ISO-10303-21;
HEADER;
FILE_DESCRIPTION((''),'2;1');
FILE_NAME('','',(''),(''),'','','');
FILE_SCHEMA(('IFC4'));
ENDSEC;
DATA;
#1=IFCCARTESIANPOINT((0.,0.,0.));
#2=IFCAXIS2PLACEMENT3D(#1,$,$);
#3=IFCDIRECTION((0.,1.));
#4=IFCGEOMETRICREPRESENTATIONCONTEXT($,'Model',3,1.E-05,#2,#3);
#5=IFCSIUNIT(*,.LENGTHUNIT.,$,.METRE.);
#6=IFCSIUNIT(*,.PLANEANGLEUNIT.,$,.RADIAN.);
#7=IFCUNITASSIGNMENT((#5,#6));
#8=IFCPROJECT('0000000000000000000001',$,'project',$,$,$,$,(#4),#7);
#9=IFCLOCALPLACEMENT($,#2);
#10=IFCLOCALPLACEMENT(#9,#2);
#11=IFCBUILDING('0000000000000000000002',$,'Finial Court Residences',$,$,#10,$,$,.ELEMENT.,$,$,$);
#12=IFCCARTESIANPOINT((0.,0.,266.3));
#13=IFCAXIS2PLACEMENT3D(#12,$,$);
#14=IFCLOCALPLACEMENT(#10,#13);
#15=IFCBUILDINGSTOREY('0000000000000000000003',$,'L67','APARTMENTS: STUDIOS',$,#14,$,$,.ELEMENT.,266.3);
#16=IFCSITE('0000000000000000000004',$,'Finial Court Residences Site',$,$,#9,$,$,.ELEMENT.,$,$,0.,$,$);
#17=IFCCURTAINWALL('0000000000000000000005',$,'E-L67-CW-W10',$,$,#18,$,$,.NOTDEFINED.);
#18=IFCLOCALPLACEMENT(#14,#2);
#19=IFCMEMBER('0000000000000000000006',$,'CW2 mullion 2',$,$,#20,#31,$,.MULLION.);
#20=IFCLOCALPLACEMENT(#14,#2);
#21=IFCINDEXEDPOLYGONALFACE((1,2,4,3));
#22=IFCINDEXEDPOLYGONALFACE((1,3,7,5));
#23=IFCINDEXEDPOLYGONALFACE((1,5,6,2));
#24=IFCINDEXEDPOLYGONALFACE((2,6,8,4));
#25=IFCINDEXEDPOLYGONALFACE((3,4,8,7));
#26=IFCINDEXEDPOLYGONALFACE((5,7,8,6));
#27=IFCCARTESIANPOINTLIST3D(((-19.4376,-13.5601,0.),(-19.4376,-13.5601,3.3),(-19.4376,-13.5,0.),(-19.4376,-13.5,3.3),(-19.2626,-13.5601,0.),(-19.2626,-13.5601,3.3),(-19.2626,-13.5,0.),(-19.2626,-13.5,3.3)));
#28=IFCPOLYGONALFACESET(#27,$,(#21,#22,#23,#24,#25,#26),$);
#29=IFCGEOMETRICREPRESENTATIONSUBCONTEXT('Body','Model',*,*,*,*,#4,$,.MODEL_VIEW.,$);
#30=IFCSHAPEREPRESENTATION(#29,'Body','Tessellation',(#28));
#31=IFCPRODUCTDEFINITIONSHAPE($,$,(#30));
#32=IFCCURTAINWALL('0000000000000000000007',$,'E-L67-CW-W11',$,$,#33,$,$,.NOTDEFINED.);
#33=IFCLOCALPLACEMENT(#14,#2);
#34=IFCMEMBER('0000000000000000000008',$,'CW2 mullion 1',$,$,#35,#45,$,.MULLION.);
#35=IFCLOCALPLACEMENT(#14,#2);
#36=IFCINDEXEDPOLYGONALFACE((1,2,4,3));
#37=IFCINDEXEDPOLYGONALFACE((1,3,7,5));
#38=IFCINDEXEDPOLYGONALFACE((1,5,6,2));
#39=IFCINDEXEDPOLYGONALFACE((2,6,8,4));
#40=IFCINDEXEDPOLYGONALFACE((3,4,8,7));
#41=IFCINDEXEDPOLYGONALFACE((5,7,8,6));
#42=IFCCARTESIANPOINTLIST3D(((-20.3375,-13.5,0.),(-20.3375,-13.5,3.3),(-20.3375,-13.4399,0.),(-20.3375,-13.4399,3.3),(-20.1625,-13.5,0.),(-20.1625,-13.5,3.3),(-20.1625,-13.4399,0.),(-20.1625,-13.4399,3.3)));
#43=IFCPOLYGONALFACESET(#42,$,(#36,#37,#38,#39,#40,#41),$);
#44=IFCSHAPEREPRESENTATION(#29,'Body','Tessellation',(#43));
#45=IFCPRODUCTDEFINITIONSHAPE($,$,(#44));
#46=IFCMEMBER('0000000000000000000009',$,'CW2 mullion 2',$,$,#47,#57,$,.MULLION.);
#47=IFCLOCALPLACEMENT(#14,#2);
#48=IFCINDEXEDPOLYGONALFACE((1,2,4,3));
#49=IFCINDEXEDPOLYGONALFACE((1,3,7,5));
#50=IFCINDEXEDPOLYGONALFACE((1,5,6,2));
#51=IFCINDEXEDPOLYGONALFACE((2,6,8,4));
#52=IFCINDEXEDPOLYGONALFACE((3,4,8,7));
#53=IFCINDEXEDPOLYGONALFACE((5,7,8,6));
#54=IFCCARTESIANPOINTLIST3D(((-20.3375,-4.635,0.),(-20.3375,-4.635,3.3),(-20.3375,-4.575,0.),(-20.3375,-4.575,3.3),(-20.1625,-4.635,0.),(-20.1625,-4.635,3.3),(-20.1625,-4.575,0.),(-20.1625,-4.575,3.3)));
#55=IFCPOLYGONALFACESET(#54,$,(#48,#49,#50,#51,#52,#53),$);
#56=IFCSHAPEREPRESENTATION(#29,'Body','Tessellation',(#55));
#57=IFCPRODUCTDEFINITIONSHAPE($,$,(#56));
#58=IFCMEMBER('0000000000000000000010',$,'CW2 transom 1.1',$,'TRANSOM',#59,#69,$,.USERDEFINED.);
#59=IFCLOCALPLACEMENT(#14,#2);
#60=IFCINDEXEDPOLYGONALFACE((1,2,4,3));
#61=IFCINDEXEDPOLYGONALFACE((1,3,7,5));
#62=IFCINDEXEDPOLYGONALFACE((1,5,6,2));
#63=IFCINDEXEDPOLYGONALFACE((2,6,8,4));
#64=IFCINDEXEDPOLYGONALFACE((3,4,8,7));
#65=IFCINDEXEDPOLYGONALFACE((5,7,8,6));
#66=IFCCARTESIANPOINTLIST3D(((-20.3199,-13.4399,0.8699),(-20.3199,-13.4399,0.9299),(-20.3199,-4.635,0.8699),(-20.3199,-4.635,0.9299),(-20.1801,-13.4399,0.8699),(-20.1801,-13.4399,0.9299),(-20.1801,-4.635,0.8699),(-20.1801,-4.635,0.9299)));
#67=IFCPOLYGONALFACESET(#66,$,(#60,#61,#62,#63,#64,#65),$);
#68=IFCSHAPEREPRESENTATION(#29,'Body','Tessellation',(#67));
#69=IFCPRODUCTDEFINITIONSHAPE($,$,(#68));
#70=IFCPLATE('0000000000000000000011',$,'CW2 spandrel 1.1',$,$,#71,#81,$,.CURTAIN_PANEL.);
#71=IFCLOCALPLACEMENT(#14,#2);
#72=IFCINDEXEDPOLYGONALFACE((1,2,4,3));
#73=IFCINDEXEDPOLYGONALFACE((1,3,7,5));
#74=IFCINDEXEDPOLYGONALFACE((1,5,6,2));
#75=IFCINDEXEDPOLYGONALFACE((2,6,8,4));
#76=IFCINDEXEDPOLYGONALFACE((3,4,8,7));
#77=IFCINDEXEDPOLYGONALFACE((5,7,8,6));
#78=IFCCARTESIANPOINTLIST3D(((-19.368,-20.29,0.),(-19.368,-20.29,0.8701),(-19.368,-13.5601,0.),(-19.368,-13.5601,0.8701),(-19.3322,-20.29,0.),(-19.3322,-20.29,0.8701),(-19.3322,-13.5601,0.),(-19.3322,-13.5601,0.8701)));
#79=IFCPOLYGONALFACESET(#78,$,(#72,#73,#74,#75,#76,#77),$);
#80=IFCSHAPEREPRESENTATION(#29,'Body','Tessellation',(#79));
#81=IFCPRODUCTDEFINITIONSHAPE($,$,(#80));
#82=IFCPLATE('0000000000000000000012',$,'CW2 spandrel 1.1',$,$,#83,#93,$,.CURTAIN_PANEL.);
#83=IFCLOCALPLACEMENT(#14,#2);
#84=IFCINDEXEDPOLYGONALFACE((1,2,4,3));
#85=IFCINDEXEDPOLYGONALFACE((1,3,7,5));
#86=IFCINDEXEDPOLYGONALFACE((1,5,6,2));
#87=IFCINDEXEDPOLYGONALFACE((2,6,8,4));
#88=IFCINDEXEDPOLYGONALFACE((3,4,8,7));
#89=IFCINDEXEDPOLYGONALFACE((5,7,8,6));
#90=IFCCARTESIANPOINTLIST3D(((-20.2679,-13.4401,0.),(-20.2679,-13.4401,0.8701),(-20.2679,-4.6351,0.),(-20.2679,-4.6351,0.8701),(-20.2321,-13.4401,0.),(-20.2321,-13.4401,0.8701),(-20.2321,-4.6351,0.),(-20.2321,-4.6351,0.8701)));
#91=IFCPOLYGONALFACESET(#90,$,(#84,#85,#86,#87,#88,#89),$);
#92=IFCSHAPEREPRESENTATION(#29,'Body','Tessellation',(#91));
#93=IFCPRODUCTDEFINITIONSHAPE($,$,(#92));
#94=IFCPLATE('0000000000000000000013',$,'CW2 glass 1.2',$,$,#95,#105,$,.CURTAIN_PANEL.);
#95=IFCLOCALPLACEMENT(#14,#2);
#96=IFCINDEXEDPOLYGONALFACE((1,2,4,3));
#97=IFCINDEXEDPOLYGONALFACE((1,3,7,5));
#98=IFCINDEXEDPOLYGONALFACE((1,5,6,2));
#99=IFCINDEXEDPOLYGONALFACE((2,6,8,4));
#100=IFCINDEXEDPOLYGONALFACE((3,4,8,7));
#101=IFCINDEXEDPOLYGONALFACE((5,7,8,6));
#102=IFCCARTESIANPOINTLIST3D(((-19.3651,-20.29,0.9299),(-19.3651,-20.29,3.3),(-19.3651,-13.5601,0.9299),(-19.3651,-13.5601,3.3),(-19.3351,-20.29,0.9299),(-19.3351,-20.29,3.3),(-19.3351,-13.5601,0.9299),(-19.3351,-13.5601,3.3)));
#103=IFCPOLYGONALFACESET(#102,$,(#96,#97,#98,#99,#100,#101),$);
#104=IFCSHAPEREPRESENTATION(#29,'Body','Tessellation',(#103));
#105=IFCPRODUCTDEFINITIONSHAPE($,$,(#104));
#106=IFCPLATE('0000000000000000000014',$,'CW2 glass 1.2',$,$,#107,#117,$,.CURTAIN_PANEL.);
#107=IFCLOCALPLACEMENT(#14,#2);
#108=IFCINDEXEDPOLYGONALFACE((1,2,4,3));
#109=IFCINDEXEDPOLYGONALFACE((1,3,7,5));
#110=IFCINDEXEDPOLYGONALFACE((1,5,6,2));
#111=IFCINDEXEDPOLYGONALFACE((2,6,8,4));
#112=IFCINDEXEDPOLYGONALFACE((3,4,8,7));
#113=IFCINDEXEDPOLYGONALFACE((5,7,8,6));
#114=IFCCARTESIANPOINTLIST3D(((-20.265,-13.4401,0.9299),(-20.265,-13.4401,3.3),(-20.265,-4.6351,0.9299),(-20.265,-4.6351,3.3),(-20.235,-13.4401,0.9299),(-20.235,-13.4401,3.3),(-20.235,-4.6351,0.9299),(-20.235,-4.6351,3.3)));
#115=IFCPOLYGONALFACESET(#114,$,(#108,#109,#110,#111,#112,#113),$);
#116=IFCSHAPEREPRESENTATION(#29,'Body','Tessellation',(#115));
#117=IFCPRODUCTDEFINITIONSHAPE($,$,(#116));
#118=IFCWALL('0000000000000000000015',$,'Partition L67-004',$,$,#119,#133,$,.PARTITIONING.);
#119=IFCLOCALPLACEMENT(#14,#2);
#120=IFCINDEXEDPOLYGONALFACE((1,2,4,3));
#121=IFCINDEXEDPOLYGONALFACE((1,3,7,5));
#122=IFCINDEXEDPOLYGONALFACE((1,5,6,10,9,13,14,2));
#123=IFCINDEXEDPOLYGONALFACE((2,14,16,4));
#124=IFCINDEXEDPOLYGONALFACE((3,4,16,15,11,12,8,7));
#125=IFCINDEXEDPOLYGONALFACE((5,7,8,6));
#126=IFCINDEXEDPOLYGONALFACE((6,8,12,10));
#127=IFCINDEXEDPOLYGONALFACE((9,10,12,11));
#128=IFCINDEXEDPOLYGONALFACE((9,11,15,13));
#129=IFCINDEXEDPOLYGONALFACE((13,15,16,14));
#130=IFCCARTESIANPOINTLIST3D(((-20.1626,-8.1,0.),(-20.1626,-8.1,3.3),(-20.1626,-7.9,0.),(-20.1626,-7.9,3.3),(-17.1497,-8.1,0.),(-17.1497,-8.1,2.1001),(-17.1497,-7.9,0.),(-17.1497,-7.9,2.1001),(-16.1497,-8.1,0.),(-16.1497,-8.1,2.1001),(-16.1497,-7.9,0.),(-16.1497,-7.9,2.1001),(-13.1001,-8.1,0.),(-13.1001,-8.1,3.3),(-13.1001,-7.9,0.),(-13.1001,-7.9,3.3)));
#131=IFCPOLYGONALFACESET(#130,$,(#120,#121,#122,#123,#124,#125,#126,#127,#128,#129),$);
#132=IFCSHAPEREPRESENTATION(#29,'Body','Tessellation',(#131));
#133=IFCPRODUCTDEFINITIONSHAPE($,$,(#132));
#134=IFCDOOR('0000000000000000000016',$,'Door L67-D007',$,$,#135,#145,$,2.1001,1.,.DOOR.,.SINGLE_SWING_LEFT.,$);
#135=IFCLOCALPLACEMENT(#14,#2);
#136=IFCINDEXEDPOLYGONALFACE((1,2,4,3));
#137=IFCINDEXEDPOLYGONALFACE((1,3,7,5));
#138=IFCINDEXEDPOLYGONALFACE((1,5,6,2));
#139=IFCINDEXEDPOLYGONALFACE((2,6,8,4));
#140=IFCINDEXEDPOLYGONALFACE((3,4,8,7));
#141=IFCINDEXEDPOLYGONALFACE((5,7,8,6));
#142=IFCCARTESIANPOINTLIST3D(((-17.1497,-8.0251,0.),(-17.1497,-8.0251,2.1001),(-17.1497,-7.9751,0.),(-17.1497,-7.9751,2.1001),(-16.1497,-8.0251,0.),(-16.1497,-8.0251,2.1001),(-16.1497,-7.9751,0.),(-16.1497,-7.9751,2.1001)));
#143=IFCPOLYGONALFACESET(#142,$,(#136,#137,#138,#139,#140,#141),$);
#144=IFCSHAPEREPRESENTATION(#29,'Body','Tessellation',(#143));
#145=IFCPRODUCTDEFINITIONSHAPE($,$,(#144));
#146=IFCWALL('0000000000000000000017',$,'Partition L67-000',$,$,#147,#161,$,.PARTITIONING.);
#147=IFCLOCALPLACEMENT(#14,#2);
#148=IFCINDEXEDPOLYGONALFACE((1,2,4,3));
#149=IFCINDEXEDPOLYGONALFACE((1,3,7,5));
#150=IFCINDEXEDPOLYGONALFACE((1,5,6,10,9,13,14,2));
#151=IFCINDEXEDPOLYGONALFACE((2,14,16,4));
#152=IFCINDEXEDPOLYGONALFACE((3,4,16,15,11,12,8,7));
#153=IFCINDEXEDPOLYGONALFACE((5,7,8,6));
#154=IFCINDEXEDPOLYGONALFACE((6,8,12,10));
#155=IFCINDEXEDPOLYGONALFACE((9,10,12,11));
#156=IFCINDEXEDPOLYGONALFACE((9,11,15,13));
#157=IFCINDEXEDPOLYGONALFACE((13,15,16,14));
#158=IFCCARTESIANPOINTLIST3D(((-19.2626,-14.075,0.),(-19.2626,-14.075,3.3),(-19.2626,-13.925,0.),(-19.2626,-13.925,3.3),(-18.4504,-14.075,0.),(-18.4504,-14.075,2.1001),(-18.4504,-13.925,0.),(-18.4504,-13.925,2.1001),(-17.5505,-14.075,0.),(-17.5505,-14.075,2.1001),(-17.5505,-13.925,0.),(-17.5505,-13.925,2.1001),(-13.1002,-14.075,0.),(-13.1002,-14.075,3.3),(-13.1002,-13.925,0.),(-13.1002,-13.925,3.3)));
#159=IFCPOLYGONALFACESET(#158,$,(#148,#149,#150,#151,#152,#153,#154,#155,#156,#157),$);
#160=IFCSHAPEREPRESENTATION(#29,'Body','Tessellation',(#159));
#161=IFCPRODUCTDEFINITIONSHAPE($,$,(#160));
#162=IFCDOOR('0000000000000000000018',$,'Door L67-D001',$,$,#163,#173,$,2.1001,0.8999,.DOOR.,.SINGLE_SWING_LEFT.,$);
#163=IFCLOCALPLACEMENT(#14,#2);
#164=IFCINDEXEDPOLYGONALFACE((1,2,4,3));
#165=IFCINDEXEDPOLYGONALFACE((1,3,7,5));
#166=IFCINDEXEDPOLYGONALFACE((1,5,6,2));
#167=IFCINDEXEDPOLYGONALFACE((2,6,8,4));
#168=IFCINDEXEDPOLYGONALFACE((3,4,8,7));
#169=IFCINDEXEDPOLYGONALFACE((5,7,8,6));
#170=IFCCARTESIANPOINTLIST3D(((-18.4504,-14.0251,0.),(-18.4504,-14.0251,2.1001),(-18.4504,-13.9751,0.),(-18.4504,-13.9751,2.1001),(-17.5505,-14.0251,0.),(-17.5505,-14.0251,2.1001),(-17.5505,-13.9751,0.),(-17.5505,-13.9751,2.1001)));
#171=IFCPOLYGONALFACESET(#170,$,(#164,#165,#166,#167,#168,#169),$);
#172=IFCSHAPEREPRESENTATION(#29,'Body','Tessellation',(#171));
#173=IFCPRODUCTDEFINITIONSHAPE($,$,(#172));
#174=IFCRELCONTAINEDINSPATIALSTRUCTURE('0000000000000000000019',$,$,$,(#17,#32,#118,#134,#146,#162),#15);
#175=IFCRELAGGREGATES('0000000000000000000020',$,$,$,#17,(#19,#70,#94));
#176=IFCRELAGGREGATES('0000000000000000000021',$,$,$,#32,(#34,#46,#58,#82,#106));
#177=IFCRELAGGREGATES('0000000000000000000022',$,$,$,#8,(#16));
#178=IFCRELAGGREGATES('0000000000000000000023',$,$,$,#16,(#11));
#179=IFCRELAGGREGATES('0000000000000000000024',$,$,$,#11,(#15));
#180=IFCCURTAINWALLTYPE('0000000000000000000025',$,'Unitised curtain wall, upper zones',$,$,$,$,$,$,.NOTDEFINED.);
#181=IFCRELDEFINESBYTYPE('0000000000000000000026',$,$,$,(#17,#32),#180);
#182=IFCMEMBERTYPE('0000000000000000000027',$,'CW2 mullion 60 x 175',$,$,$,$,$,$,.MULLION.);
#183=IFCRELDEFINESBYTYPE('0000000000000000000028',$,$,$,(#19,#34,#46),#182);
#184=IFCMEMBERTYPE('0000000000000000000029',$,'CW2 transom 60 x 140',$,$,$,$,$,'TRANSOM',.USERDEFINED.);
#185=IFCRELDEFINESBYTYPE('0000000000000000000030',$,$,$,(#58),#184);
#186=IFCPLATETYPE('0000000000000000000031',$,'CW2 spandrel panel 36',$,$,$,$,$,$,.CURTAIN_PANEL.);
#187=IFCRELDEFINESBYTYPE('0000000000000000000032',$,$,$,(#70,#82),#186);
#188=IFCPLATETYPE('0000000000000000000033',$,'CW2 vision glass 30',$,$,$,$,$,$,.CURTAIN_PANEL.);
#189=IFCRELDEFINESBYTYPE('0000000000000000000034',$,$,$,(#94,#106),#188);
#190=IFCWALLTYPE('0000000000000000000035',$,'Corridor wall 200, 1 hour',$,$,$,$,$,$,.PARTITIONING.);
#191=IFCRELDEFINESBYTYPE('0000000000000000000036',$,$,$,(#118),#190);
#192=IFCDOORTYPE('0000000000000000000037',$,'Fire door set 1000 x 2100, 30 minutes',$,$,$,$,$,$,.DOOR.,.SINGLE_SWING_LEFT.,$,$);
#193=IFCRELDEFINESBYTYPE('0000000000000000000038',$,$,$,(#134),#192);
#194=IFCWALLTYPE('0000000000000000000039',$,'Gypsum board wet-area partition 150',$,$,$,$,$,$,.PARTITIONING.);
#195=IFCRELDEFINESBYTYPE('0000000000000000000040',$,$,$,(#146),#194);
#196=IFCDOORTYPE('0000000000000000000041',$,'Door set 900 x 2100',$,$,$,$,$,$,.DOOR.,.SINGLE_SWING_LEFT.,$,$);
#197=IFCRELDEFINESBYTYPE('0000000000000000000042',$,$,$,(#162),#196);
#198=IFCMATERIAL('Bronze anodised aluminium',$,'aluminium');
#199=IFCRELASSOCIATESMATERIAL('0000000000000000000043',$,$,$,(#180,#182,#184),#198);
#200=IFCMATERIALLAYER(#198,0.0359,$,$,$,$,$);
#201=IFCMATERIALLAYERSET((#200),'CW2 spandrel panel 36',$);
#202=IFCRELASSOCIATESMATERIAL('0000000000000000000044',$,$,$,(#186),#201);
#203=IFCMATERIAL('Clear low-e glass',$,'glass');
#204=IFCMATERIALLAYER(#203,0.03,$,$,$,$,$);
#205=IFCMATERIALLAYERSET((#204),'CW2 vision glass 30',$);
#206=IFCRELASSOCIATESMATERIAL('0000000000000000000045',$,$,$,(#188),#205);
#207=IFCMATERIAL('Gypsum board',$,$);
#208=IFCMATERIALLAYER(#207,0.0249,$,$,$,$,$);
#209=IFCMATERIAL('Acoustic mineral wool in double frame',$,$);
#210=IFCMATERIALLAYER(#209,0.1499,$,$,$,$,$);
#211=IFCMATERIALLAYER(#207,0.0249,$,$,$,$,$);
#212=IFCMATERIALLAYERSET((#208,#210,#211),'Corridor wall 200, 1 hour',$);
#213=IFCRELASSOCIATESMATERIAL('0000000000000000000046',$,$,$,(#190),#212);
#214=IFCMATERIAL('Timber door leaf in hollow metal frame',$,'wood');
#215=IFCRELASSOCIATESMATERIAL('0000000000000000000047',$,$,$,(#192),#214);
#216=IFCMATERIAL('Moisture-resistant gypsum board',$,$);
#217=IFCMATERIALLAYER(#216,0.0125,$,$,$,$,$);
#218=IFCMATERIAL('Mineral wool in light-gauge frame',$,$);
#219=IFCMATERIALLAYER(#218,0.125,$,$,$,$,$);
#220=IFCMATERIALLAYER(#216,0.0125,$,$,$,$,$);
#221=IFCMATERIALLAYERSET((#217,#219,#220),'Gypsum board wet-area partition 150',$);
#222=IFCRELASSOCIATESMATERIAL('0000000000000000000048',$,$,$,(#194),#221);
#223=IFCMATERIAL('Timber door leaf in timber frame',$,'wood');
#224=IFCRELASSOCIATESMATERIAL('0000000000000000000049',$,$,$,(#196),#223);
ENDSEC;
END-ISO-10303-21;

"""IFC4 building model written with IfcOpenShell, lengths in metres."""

from ifc_helpers import new_model, si_unit, direction, frame, frame_2d, origin, origin_2d, place, context, subcontext, project, spatial, rectangle, extrude, material, layer, layer_set, material_profile, profile_set, type_object, element, fill, aggregate, save


model = new_model("IFC4")

# Units and contexts
model_context = context("Model", 3, precision=1e-05, world=origin(), true_north=direction((0.0, 1.0)))
body_context = subcontext(model_context, "Body", "Model", "MODEL_VIEW")
ifc_project = project(units=[si_unit("LENGTHUNIT", "METRE"), si_unit("PLANEANGLEUNIT", "RADIAN")], contexts=[model_context])

# Site, building, storey
site_placement = place(None, origin())
site = spatial("IfcSite", under=ifc_project, at=site_placement, Name="Finial Court Residences Site", CompositionType="ELEMENT", RefElevation=0.0)
building_placement = place(site_placement, origin())
building = spatial("IfcBuilding", under=site, at=building_placement, Name="Finial Court Residences", CompositionType="ELEMENT")
storey_placement = place(building_placement, frame((0.0, 0.0, 266.3)))
storey = spatial("IfcBuildingStorey", under=building, at=storey_placement, Name="L67", Description="APARTMENTS: STUDIOS", CompositionType="ELEMENT", Elevation=266.3)

# Curtain wall, member
ifc_material_1 = material(Name="Bronze anodised aluminium", Category="aluminium")
curtain_wall_type = type_object("IfcCurtainWallType", Name="Unitised curtain wall, upper zones", PredefinedType="NOTDEFINED", material=ifc_material_1)
curtain_wall_1_placement = place(storey_placement, origin())
curtain_wall_1 = element("IfcCurtainWall", 1, at=curtain_wall_1_placement, inside=storey, type_object=curtain_wall_type, Name="E-L67-CW-W10", PredefinedType="NOTDEFINED")
ifc_material_profile_1 = material_profile(ifc_material_1, rectangle(XDim=0.175, YDim=0.0601, at=origin_2d()), Name="CW2 mullion 60 x 175")
ifc_profile_set_1 = profile_set([ifc_material_profile_1], Name="Bronze anodised aluminium")
member_type_1 = type_object("IfcMemberType", Name="CW2 mullion 60 x 175", PredefinedType="MULLION", material=ifc_profile_set_1)
member_1_placement = place(storey_placement, frame((-19.3501, -13.53, 0.0), z_axis=(0.0, 0.0, 1.0), x_axis=(-1.0, 0.0, 0.0)))
member_1 = element("IfcMember", 2, at=member_1_placement, type_object=member_type_1, Name="CW2 mullion 2", PredefinedType="MULLION", context=body_context, shape_type="SweptSolid", body=[
    extrude(rectangle(XDim=0.175, YDim=0.0601, at=origin_2d()), origin(), (0.0, 0.0, 1.0), 3.3),
])

# Curtain wall, members
curtain_wall_2_placement = place(storey_placement, origin())
curtain_wall_2 = element("IfcCurtainWall", 3, at=curtain_wall_2_placement, inside=storey, type_object=curtain_wall_type, Name="E-L67-CW-W11", PredefinedType="NOTDEFINED")
member_2_placement = place(storey_placement, frame((-20.25, -13.47, 0.0), z_axis=(0.0, 0.0, 1.0), x_axis=(-1.0, 0.0, 0.0)))
member_2 = element("IfcMember", 4, at=member_2_placement, type_object=member_type_1, Name="CW2 mullion 1", PredefinedType="MULLION", context=body_context, shape_type="SweptSolid", body=[
    extrude(rectangle(XDim=0.175, YDim=0.0601, at=origin_2d()), origin(), (0.0, 0.0, 1.0), 3.3),
])
member_3_placement = place(storey_placement, frame((-20.25, -4.605, 0.0), z_axis=(0.0, 0.0, 1.0), x_axis=(-1.0, 0.0, 0.0)))
member_3 = element("IfcMember", 5, at=member_3_placement, type_object=member_type_1, Name="CW2 mullion 2", PredefinedType="MULLION", context=body_context, shape_type="SweptSolid", body=[
    extrude(rectangle(XDim=0.175, YDim=0.0601, at=origin_2d()), origin(), (0.0, 0.0, 1.0), 3.3),
])
ifc_material_profile_2 = material_profile(ifc_material_1, rectangle(XDim=0.1399, YDim=0.0601, at=origin_2d()), Name="CW2 transom 60 x 140")
ifc_profile_set_2 = profile_set([ifc_material_profile_2], Name="Bronze anodised aluminium")
member_type_2 = type_object("IfcMemberType", Name="CW2 transom 60 x 140", ElementType="TRANSOM", PredefinedType="USERDEFINED", material=ifc_profile_set_2)
member_4_placement = place(storey_placement, frame((-20.25, -13.4399, 0.8999), z_axis=(0.0, 1.0, 0.0), x_axis=(-1.0, 0.0, 0.0)))
member_4 = element("IfcMember", 6, at=member_4_placement, type_object=member_type_2, Name="CW2 transom 1.1", ObjectType="TRANSOM", PredefinedType="USERDEFINED", context=body_context, shape_type="SweptSolid", body=[
    extrude(rectangle(XDim=0.1399, YDim=0.0601, at=origin_2d()), origin(), (0.0, 0.0, 1.0), 8.8049),
])

# Plates
ifc_layer_1 = layer(ifc_material_1, 0.0359)
ifc_layer_set_1 = layer_set([ifc_layer_1], Name="CW2 spandrel panel 36")
plate_type_1 = type_object("IfcPlateType", Name="CW2 spandrel panel 36", PredefinedType="CURTAIN_PANEL", material=ifc_layer_set_1)
plate_1_placement = place(storey_placement, frame((-19.3501, -16.925, 0.0), z_axis=(0.0, 0.0, 1.0), x_axis=(0.0, 1.0, 0.0)))
plate_1 = element("IfcPlate", 7, at=plate_1_placement, type_object=plate_type_1, Name="CW2 spandrel 1.1", PredefinedType="CURTAIN_PANEL", context=body_context, shape_type="SweptSolid", body=[
    extrude(rectangle(XDim=6.73, YDim=0.0359, at=origin_2d()), origin(), (0.0, 0.0, 1.0), 0.8701),
])
plate_2_placement = place(storey_placement, frame((-20.25, -9.0376, 0.0), z_axis=(0.0, 0.0, 1.0), x_axis=(0.0, 1.0, 0.0)))
plate_2 = element("IfcPlate", 8, at=plate_2_placement, type_object=plate_type_1, Name="CW2 spandrel 1.1", PredefinedType="CURTAIN_PANEL", context=body_context, shape_type="SweptSolid", body=[
    extrude(rectangle(XDim=8.8049, YDim=0.0359, at=origin_2d()), origin(), (0.0, 0.0, 1.0), 0.8701),
])
ifc_material_2 = material(Name="Clear low-e glass", Category="glass")
ifc_layer_2 = layer(ifc_material_2, 0.03)
ifc_layer_set_2 = layer_set([ifc_layer_2], Name="CW2 vision glass 30")
plate_type_2 = type_object("IfcPlateType", Name="CW2 vision glass 30", PredefinedType="CURTAIN_PANEL", material=ifc_layer_set_2)
plate_3_placement = place(storey_placement, frame((-19.3501, -16.925, 0.9299), z_axis=(0.0, 0.0, 1.0), x_axis=(0.0, 1.0, 0.0)))
plate_3 = element("IfcPlate", 9, at=plate_3_placement, type_object=plate_type_2, Name="CW2 glass 1.2", PredefinedType="CURTAIN_PANEL", context=body_context, shape_type="SweptSolid", body=[
    extrude(rectangle(XDim=6.73, YDim=0.03, at=origin_2d()), origin(), (0.0, 0.0, 1.0), 2.3701),
])
aggregate(curtain_wall_1, [member_1, plate_1, plate_3])
plate_4_placement = place(storey_placement, frame((-20.25, -9.0376, 0.9299), z_axis=(0.0, 0.0, 1.0), x_axis=(0.0, 1.0, 0.0)))
plate_4 = element("IfcPlate", 10, at=plate_4_placement, type_object=plate_type_2, Name="CW2 glass 1.2", PredefinedType="CURTAIN_PANEL", context=body_context, shape_type="SweptSolid", body=[
    extrude(rectangle(XDim=8.8049, YDim=0.03, at=origin_2d()), origin(), (0.0, 0.0, 1.0), 2.3701),
])
aggregate(curtain_wall_2, [member_2, member_3, member_4, plate_2, plate_4])

# Walls, openings, doors
ifc_material_3 = material(Name="Gypsum board")
ifc_layer_3 = layer(ifc_material_3, 0.0249)
ifc_material_4 = material(Name="Acoustic mineral wool in double frame")
ifc_layer_4 = layer(ifc_material_4, 0.1499)
ifc_layer_5 = layer(ifc_material_3, 0.0249)
ifc_layer_set_3 = layer_set([ifc_layer_3, ifc_layer_4, ifc_layer_5], Name="Corridor wall 200, 1 hour")
wall_type_1 = type_object("IfcWallType", Name="Corridor wall 200, 1 hour", PredefinedType="PARTITIONING", material=ifc_layer_set_3)
wall_1_placement = place(storey_placement, frame((-20.1626, -8.0, 0.0), z_axis=(0.0, 0.0, 1.0), x_axis=(1.0, 0.0, 0.0)))
wall_1 = element("IfcWall", 11, at=wall_1_placement, inside=storey, type_object=wall_type_1, Name="Partition L67-004", PredefinedType="PARTITIONING", context=body_context, shape_type="SweptSolid", body=[
    extrude(rectangle(XDim=7.0625, YDim=0.2, at=frame_2d((3.5312, 0.0))), origin(), (0.0, 0.0, 1.0), 3.3),
])
opening_1_placement = place(wall_1_placement, frame((3.0129, 0.0, 0.0)))
opening_1 = element("IfcOpeningElement", 12, at=opening_1_placement, cuts=wall_1, PredefinedType="OPENING", context=body_context, shape_type="SweptSolid", body=[
    extrude(rectangle(XDim=1.0, YDim=2.1001, at=frame_2d((0.5, 1.05))), frame((0.0, 0.1099, 0.0), z_axis=(0.0, -1.0, 0.0), x_axis=(1.0, 0.0, 0.0)), (0.0, 0.0, 1.0), 0.22),
])
ifc_material_5 = material(Name="Timber door leaf in hollow metal frame", Category="wood")
door_type_1 = type_object("IfcDoorType", Name="Fire door set 1000 x 2100, 30 minutes", OperationType="SINGLE_SWING_LEFT", PredefinedType="DOOR", material=ifc_material_5)
door_1_placement = place(opening_1_placement, origin())
door_1 = element("IfcDoor", 13, at=door_1_placement, inside=storey, type_object=door_type_1, Name="Door L67-D007", OperationType="SINGLE_SWING_LEFT", OverallHeight=2.1001, OverallWidth=1.0, PredefinedType="DOOR", context=body_context, shape_type="SweptSolid", body=[
    extrude(rectangle(XDim=1.0, YDim=2.1001, at=frame_2d((0.5, 1.05))), frame((0.0, 0.0249, 0.0), z_axis=(0.0, -1.0, 0.0), x_axis=(1.0, 0.0, 0.0)), (0.0, 0.0, 1.0), 0.05),
])
fill(opening_1, door_1)
ifc_material_6 = material(Name="Moisture-resistant gypsum board")
ifc_layer_6 = layer(ifc_material_6, 0.0125)
ifc_material_7 = material(Name="Mineral wool in light-gauge frame")
ifc_layer_7 = layer(ifc_material_7, 0.125)
ifc_layer_8 = layer(ifc_material_6, 0.0125)
ifc_layer_set_4 = layer_set([ifc_layer_6, ifc_layer_7, ifc_layer_8], Name="Gypsum board wet-area partition 150")
wall_type_2 = type_object("IfcWallType", Name="Gypsum board wet-area partition 150", PredefinedType="PARTITIONING", material=ifc_layer_set_4)
wall_2_placement = place(storey_placement, frame((-19.2625, -14.0, 0.0), z_axis=(0.0, 0.0, 1.0), x_axis=(1.0, 0.0, 0.0)))
wall_2 = element("IfcWall", 14, at=wall_2_placement, inside=storey, type_object=wall_type_2, Name="Partition L67-000", PredefinedType="PARTITIONING", context=body_context, shape_type="SweptSolid", body=[
    extrude(rectangle(XDim=6.1624, YDim=0.1499, at=frame_2d((3.0811, 0.0))), origin(), (0.0, 0.0, 1.0), 3.3),
])
opening_2_placement = place(wall_2_placement, frame((0.812, 0.0, 0.0)))
opening_2 = element("IfcOpeningElement", 15, at=opening_2_placement, cuts=wall_2, PredefinedType="OPENING", context=body_context, shape_type="SweptSolid", body=[
    extrude(rectangle(XDim=0.8999, YDim=2.1001, at=frame_2d((0.45, 1.05))), frame((0.0, 0.085, 0.0), z_axis=(0.0, -1.0, 0.0), x_axis=(1.0, 0.0, 0.0)), (0.0, 0.0, 1.0), 0.1699),
])
ifc_material_8 = material(Name="Timber door leaf in timber frame", Category="wood")
door_type_2 = type_object("IfcDoorType", Name="Door set 900 x 2100", OperationType="SINGLE_SWING_LEFT", PredefinedType="DOOR", material=ifc_material_8)
door_2_placement = place(opening_2_placement, origin())
door_2 = element("IfcDoor", 16, at=door_2_placement, inside=storey, type_object=door_type_2, Name="Door L67-D001", OperationType="SINGLE_SWING_LEFT", OverallHeight=2.1001, OverallWidth=0.8999, PredefinedType="DOOR", context=body_context, shape_type="SweptSolid", body=[
    extrude(rectangle(XDim=0.8999, YDim=2.1001, at=frame_2d((0.45, 1.05))), frame((0.0, 0.0249, 0.0), z_axis=(0.0, -1.0, 0.0), x_axis=(1.0, 0.0, 0.0)), (0.0, 0.0, 1.0), 0.05),
])
fill(opening_2, door_2)

save(model, "model.ifc")
